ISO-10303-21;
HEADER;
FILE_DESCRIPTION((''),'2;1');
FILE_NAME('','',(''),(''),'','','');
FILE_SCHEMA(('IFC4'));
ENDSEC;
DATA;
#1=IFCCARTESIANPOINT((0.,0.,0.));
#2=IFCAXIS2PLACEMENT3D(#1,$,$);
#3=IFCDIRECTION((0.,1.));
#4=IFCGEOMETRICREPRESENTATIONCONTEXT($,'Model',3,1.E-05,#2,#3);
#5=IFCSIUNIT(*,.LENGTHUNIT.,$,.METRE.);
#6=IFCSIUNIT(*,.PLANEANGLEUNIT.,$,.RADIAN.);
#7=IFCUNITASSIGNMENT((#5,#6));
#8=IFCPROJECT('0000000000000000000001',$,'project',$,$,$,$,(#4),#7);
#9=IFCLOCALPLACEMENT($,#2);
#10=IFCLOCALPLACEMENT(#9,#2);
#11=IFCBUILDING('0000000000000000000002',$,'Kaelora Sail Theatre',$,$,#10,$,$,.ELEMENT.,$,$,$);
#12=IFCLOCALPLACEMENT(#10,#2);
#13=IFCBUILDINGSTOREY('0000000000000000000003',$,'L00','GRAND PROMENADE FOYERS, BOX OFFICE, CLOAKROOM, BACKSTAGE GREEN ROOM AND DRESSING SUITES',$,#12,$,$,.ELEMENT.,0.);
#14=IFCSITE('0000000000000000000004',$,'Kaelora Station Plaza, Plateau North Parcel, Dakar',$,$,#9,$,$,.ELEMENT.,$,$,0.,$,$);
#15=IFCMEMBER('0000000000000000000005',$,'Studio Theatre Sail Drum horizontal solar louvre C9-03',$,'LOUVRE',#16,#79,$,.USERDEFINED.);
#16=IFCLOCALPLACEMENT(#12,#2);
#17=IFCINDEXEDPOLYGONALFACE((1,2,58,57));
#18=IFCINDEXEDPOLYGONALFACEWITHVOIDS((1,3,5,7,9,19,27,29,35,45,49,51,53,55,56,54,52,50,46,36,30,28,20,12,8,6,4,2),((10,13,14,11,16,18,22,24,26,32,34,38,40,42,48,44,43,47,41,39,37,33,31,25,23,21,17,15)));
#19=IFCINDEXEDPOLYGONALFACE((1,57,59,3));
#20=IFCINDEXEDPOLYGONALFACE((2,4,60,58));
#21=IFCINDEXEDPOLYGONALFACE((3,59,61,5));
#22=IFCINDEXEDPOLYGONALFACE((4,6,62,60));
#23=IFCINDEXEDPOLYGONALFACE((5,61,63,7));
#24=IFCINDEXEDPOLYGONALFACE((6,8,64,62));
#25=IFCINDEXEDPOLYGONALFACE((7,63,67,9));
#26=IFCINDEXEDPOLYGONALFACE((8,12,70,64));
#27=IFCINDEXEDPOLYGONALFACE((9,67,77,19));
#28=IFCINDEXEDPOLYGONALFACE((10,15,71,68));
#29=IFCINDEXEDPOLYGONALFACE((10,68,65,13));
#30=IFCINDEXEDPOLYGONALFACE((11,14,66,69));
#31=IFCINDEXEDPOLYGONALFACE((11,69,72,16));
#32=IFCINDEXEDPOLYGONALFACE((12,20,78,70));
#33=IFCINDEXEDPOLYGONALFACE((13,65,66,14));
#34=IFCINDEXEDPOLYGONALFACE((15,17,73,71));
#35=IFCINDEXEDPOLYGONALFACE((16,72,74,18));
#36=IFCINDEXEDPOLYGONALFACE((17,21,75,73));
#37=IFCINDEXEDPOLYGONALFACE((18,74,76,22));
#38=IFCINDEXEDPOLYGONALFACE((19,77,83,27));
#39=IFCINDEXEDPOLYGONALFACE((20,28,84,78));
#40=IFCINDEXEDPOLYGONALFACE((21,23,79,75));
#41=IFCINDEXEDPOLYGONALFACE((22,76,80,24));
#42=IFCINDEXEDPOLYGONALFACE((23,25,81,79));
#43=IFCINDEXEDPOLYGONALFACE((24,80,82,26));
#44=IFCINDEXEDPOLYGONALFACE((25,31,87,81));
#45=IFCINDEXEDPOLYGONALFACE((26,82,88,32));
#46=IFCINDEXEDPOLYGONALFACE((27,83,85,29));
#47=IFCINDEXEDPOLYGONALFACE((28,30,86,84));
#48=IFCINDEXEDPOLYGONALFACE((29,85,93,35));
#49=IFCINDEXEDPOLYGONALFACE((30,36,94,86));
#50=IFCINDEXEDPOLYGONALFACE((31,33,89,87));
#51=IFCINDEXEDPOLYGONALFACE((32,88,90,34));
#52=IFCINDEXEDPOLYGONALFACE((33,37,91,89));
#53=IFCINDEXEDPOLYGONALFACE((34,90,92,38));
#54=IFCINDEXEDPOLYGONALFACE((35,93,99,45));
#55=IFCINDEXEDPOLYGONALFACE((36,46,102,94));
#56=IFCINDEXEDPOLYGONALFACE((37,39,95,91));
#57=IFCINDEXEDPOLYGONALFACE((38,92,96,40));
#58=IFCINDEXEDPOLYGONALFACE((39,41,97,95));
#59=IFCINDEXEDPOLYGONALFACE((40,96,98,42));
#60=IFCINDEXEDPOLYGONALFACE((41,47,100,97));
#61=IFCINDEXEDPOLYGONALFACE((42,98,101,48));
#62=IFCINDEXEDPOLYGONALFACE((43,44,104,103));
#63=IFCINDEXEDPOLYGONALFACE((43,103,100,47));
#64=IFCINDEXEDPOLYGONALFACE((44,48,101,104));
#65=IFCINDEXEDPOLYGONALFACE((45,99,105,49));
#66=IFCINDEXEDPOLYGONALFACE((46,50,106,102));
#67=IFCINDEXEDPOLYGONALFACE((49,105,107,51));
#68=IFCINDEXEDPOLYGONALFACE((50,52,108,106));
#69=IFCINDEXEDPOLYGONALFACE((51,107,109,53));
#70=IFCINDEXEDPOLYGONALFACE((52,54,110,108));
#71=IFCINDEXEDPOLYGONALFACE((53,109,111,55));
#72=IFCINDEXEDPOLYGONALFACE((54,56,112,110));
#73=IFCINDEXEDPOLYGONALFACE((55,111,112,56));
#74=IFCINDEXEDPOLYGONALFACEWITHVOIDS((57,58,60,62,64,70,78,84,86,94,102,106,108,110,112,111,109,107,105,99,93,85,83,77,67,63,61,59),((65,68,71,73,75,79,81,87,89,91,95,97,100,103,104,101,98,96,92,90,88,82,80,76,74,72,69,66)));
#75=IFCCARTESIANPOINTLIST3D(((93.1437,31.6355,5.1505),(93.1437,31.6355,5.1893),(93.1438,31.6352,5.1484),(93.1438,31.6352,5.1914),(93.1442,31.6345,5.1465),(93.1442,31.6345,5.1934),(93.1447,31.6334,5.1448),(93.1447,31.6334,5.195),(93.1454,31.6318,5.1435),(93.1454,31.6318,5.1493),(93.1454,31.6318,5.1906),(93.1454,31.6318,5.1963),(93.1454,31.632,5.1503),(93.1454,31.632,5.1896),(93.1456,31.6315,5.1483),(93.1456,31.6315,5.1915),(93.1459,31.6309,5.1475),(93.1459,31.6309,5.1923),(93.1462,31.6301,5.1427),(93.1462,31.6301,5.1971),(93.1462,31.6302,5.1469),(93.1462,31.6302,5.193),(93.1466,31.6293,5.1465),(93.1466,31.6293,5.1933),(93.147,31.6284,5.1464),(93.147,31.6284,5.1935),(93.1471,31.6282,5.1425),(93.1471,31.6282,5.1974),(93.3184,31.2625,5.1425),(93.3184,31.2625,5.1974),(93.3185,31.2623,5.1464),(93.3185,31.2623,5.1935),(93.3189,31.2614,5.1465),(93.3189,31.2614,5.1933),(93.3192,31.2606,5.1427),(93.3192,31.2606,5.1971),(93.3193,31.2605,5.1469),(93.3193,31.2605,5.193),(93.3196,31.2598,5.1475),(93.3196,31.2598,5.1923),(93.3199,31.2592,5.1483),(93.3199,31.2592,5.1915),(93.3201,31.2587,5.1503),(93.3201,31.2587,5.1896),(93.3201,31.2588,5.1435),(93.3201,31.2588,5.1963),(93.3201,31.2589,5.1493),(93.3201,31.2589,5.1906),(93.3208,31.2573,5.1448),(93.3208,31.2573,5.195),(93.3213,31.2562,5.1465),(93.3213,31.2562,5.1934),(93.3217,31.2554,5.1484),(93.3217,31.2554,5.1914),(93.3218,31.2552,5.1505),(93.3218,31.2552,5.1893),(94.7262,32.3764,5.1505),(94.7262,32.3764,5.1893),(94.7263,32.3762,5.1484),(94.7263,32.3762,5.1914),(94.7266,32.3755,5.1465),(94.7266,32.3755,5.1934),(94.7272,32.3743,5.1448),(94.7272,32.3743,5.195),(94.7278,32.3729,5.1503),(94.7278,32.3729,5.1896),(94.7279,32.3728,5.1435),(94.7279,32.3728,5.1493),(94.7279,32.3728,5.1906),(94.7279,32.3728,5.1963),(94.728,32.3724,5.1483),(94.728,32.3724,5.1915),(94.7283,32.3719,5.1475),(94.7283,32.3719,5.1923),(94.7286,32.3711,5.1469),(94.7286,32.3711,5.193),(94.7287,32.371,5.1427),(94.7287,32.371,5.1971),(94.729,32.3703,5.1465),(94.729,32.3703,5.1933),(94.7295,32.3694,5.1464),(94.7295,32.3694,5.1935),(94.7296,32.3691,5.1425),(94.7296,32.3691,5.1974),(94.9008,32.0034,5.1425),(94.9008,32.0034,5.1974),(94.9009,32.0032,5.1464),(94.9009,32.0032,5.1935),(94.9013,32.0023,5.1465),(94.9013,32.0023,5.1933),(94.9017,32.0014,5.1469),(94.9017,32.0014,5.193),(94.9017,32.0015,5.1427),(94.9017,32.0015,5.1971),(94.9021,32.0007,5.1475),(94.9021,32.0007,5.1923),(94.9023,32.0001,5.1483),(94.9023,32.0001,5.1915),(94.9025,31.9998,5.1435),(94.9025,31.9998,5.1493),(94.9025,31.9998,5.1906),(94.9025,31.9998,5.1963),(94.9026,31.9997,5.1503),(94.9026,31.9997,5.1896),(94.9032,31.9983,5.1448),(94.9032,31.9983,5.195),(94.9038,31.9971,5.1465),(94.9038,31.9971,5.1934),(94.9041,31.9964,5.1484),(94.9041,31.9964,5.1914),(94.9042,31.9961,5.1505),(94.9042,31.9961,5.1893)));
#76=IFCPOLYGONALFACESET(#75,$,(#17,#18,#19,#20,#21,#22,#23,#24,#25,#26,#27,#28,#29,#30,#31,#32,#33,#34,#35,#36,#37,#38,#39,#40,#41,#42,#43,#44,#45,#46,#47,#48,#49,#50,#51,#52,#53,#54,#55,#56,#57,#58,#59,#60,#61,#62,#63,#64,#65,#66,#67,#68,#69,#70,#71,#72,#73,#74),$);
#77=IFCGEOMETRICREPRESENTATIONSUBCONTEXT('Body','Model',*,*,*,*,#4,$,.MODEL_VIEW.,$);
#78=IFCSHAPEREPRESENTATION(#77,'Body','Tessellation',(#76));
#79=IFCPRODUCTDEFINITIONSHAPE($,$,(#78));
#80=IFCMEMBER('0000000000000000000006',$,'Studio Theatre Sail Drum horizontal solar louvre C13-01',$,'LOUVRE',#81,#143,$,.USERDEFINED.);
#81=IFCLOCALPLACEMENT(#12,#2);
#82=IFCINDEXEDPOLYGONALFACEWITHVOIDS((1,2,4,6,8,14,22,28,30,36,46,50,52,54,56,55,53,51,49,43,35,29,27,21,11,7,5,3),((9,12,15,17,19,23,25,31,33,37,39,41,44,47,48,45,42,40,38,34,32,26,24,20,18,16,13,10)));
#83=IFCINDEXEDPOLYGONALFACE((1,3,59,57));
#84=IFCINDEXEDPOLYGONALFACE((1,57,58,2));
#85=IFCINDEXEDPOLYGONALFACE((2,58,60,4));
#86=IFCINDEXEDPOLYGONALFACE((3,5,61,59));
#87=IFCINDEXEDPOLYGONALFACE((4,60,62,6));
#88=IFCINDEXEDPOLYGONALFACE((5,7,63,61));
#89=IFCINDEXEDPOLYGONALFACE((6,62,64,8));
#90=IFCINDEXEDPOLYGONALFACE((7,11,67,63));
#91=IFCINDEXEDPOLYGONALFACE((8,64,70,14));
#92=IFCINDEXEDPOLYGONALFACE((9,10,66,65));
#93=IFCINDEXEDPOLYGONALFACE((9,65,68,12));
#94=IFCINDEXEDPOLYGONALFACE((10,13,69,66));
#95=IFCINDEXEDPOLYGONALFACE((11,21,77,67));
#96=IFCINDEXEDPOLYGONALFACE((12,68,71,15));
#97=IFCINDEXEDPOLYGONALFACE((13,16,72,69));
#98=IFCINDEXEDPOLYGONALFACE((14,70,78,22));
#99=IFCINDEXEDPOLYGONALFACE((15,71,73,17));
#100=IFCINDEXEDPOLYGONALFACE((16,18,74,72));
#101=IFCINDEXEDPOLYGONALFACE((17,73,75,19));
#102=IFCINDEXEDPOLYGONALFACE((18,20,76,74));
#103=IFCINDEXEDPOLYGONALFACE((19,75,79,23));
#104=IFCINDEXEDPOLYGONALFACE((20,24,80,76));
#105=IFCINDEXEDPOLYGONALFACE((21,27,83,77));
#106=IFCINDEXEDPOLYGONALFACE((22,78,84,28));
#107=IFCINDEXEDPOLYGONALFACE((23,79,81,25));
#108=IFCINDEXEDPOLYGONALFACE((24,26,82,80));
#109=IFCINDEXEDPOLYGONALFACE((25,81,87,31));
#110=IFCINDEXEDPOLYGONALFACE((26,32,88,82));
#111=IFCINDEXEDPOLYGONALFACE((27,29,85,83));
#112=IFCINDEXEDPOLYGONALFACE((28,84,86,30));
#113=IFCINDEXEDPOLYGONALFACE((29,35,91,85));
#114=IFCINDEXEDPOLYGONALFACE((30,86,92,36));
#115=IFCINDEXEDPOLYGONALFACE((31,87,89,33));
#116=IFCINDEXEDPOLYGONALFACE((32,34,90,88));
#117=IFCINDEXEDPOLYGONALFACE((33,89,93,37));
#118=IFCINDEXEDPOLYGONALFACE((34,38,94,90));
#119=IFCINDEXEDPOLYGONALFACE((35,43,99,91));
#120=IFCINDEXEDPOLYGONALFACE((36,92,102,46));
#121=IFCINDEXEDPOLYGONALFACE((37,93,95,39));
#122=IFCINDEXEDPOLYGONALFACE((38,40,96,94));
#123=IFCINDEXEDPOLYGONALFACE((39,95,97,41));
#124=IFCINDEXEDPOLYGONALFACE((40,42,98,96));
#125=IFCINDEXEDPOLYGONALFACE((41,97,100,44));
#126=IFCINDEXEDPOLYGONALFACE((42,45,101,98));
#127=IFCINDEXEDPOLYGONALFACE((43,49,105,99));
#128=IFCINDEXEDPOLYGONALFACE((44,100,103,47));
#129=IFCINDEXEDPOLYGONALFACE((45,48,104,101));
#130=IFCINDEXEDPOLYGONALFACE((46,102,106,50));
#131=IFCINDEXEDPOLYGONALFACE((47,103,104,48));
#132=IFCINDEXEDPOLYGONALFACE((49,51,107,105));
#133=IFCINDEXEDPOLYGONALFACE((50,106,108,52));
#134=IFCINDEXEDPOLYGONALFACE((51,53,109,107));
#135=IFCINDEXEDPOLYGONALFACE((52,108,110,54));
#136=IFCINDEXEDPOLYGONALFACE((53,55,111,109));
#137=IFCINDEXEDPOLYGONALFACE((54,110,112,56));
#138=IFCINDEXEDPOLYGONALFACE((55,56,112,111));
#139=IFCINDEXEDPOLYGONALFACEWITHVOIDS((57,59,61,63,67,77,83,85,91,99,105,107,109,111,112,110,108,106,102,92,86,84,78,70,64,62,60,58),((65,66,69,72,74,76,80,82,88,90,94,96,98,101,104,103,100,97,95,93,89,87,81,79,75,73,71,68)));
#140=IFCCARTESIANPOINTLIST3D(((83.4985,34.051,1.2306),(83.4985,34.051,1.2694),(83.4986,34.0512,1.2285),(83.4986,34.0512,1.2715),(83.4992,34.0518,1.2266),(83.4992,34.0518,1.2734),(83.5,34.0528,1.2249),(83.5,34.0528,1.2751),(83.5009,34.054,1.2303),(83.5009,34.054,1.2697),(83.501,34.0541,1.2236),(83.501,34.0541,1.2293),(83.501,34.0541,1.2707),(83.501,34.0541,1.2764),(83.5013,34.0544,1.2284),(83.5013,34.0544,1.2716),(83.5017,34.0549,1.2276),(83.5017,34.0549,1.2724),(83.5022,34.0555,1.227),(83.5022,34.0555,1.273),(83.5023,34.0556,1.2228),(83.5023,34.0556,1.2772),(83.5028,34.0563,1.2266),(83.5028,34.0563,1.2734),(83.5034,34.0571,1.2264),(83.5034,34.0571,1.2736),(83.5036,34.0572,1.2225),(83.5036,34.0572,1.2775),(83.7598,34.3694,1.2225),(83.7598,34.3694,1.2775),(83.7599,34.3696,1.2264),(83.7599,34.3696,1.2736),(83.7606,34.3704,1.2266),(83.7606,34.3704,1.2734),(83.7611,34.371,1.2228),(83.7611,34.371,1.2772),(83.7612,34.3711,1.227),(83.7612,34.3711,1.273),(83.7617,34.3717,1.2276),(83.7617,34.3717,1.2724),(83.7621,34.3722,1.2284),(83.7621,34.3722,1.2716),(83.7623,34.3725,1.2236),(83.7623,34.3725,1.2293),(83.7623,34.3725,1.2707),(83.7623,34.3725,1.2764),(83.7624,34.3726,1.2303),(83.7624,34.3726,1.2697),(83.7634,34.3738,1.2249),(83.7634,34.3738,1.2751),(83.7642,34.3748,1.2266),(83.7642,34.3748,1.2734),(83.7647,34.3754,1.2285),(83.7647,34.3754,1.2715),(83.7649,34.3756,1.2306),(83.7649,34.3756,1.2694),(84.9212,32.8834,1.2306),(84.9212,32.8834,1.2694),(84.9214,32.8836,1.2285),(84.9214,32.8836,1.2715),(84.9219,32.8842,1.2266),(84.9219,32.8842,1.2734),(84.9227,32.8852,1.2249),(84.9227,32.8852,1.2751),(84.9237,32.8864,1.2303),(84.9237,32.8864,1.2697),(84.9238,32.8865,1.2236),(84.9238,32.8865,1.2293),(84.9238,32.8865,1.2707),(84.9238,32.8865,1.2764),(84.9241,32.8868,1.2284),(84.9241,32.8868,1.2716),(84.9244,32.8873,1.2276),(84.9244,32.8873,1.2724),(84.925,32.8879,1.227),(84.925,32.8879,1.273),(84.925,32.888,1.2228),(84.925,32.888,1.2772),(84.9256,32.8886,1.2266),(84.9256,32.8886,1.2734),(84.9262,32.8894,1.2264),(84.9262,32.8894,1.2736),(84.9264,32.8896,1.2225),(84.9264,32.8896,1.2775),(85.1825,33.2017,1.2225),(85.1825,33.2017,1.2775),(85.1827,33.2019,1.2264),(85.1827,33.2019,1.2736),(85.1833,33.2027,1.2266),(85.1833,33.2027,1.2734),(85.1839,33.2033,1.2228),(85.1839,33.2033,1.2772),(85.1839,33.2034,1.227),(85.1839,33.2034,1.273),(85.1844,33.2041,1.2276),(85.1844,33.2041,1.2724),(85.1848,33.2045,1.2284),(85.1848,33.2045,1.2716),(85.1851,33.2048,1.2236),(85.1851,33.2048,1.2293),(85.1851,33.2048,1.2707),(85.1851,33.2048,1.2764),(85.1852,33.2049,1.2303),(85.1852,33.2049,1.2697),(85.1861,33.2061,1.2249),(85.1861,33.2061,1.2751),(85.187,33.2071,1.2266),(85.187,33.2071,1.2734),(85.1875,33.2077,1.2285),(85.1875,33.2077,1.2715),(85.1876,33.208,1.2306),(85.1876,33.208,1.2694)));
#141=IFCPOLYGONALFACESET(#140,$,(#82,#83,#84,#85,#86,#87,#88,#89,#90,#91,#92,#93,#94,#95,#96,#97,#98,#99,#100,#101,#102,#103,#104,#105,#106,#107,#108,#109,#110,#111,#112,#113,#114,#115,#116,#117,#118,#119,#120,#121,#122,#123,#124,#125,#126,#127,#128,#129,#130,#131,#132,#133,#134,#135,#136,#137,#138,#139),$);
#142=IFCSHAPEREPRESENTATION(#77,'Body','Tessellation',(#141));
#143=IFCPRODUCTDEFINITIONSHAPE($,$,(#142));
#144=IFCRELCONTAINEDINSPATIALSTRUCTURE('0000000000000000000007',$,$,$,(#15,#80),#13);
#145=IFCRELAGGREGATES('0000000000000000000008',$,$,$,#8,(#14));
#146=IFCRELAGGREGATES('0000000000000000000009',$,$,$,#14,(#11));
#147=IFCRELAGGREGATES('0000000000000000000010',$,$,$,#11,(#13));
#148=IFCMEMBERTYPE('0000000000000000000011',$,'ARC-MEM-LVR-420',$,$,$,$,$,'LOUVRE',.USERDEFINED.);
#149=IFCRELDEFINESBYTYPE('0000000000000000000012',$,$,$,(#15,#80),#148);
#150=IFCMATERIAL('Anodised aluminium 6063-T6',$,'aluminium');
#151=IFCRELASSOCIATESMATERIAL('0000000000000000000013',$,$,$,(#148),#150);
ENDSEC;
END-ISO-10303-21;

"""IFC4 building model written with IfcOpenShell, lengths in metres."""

from ifc_helpers import new_model, si_unit, direction, frame, origin, origin_2d, place, context, subcontext, project, spatial, hollow_rectangle, extrude, material, material_profile, profile_set, type_object, element, save


model = new_model("IFC4")

# Units and contexts
model_context = context("Model", 3, precision=1e-05, world=origin(), true_north=direction((0.0, 1.0)))
body_context = subcontext(model_context, "Body", "Model", "MODEL_VIEW")
ifc_project = project(units=[si_unit("LENGTHUNIT", "METRE"), si_unit("PLANEANGLEUNIT", "RADIAN")], contexts=[model_context])

# Site, building, storey
site_placement = place(None, origin())
site = spatial("IfcSite", under=ifc_project, at=site_placement, Name="Kaelora Station Plaza, Plateau North Parcel, Dakar", CompositionType="ELEMENT", RefElevation=0.0)
building_placement = place(site_placement, origin())
building = spatial("IfcBuilding", under=site, at=building_placement, Name="Kaelora Sail Theatre", CompositionType="ELEMENT")
storey_placement = place(building_placement, origin())
storey = spatial("IfcBuildingStorey", under=building, at=storey_placement, Name="L00", Description="GRAND PROMENADE FOYERS, BOX OFFICE, CLOAKROOM, BACKSTAGE GREEN ROOM AND DRESSING SUITES", CompositionType="ELEMENT", Elevation=0.0)

# Members
ifc_material_1 = material(Name="Anodised aluminium 6063-T6", Category="aluminium")
ifc_material_profile_1 = material_profile(ifc_material_1, hollow_rectangle(XDim=0.4199, YDim=0.0549, WallThickness=0.0039, InnerFilletRadius=0.0039, OuterFilletRadius=0.0081, at=origin_2d()), Name="LOUVRE 420x55x4")
ifc_profile_set_1 = profile_set([ifc_material_profile_1], Name="Anodised aluminium 6063-T6")
member_type_1 = type_object("IfcMemberType", Name="ARC-MEM-LVR-420", ElementType="LOUVRE", PredefinedType="USERDEFINED", material=ifc_profile_set_1)
for number, where, z_axis, x_axis, name in (
    (1, (94.8152, 32.1863, 5.1699), (-0.905643, -0.42404, 0.0), (0.42404, -0.905643, 0.0), "Studio Theatre Sail Drum horizontal solar louvre C9-03"),
):
    element("IfcMember", number, at=place(storey_placement, frame(where, z_axis=z_axis, x_axis=x_axis)), inside=storey, type_object=member_type_1, Name=name, ObjectType="LOUVRE", PredefinedType="USERDEFINED", context=body_context, shape_type="SweptSolid", body=[
        extrude(hollow_rectangle(XDim=0.4199, YDim=0.0549, WallThickness=0.0039, InnerFilletRadius=0.0039, OuterFilletRadius=0.0081, at=origin_2d()), origin(), (0.0, 0.0, 1.0), 1.7473),
    ])
for number, where, z_axis, x_axis, name in (
    (2, (85.0544, 33.0457, 1.25), (-0.773005, 0.6344, 0.0), (-0.6344, -0.773005, 0.0), "Studio Theatre Sail Drum horizontal solar louvre C13-01"),
):
    element("IfcMember", number, at=place(storey_placement, frame(where, z_axis=z_axis, x_axis=x_axis)), inside=storey, type_object=member_type_1, Name=name, ObjectType="LOUVRE", PredefinedType="USERDEFINED", context=body_context, shape_type="SweptSolid", body=[
        extrude(hollow_rectangle(XDim=0.4199, YDim=0.0549, WallThickness=0.0039, InnerFilletRadius=0.0039, OuterFilletRadius=0.0081, at=origin_2d()), origin(), (0.0, 0.0, 1.0), 1.8406),
    ])

save(model, "model.ifc")
